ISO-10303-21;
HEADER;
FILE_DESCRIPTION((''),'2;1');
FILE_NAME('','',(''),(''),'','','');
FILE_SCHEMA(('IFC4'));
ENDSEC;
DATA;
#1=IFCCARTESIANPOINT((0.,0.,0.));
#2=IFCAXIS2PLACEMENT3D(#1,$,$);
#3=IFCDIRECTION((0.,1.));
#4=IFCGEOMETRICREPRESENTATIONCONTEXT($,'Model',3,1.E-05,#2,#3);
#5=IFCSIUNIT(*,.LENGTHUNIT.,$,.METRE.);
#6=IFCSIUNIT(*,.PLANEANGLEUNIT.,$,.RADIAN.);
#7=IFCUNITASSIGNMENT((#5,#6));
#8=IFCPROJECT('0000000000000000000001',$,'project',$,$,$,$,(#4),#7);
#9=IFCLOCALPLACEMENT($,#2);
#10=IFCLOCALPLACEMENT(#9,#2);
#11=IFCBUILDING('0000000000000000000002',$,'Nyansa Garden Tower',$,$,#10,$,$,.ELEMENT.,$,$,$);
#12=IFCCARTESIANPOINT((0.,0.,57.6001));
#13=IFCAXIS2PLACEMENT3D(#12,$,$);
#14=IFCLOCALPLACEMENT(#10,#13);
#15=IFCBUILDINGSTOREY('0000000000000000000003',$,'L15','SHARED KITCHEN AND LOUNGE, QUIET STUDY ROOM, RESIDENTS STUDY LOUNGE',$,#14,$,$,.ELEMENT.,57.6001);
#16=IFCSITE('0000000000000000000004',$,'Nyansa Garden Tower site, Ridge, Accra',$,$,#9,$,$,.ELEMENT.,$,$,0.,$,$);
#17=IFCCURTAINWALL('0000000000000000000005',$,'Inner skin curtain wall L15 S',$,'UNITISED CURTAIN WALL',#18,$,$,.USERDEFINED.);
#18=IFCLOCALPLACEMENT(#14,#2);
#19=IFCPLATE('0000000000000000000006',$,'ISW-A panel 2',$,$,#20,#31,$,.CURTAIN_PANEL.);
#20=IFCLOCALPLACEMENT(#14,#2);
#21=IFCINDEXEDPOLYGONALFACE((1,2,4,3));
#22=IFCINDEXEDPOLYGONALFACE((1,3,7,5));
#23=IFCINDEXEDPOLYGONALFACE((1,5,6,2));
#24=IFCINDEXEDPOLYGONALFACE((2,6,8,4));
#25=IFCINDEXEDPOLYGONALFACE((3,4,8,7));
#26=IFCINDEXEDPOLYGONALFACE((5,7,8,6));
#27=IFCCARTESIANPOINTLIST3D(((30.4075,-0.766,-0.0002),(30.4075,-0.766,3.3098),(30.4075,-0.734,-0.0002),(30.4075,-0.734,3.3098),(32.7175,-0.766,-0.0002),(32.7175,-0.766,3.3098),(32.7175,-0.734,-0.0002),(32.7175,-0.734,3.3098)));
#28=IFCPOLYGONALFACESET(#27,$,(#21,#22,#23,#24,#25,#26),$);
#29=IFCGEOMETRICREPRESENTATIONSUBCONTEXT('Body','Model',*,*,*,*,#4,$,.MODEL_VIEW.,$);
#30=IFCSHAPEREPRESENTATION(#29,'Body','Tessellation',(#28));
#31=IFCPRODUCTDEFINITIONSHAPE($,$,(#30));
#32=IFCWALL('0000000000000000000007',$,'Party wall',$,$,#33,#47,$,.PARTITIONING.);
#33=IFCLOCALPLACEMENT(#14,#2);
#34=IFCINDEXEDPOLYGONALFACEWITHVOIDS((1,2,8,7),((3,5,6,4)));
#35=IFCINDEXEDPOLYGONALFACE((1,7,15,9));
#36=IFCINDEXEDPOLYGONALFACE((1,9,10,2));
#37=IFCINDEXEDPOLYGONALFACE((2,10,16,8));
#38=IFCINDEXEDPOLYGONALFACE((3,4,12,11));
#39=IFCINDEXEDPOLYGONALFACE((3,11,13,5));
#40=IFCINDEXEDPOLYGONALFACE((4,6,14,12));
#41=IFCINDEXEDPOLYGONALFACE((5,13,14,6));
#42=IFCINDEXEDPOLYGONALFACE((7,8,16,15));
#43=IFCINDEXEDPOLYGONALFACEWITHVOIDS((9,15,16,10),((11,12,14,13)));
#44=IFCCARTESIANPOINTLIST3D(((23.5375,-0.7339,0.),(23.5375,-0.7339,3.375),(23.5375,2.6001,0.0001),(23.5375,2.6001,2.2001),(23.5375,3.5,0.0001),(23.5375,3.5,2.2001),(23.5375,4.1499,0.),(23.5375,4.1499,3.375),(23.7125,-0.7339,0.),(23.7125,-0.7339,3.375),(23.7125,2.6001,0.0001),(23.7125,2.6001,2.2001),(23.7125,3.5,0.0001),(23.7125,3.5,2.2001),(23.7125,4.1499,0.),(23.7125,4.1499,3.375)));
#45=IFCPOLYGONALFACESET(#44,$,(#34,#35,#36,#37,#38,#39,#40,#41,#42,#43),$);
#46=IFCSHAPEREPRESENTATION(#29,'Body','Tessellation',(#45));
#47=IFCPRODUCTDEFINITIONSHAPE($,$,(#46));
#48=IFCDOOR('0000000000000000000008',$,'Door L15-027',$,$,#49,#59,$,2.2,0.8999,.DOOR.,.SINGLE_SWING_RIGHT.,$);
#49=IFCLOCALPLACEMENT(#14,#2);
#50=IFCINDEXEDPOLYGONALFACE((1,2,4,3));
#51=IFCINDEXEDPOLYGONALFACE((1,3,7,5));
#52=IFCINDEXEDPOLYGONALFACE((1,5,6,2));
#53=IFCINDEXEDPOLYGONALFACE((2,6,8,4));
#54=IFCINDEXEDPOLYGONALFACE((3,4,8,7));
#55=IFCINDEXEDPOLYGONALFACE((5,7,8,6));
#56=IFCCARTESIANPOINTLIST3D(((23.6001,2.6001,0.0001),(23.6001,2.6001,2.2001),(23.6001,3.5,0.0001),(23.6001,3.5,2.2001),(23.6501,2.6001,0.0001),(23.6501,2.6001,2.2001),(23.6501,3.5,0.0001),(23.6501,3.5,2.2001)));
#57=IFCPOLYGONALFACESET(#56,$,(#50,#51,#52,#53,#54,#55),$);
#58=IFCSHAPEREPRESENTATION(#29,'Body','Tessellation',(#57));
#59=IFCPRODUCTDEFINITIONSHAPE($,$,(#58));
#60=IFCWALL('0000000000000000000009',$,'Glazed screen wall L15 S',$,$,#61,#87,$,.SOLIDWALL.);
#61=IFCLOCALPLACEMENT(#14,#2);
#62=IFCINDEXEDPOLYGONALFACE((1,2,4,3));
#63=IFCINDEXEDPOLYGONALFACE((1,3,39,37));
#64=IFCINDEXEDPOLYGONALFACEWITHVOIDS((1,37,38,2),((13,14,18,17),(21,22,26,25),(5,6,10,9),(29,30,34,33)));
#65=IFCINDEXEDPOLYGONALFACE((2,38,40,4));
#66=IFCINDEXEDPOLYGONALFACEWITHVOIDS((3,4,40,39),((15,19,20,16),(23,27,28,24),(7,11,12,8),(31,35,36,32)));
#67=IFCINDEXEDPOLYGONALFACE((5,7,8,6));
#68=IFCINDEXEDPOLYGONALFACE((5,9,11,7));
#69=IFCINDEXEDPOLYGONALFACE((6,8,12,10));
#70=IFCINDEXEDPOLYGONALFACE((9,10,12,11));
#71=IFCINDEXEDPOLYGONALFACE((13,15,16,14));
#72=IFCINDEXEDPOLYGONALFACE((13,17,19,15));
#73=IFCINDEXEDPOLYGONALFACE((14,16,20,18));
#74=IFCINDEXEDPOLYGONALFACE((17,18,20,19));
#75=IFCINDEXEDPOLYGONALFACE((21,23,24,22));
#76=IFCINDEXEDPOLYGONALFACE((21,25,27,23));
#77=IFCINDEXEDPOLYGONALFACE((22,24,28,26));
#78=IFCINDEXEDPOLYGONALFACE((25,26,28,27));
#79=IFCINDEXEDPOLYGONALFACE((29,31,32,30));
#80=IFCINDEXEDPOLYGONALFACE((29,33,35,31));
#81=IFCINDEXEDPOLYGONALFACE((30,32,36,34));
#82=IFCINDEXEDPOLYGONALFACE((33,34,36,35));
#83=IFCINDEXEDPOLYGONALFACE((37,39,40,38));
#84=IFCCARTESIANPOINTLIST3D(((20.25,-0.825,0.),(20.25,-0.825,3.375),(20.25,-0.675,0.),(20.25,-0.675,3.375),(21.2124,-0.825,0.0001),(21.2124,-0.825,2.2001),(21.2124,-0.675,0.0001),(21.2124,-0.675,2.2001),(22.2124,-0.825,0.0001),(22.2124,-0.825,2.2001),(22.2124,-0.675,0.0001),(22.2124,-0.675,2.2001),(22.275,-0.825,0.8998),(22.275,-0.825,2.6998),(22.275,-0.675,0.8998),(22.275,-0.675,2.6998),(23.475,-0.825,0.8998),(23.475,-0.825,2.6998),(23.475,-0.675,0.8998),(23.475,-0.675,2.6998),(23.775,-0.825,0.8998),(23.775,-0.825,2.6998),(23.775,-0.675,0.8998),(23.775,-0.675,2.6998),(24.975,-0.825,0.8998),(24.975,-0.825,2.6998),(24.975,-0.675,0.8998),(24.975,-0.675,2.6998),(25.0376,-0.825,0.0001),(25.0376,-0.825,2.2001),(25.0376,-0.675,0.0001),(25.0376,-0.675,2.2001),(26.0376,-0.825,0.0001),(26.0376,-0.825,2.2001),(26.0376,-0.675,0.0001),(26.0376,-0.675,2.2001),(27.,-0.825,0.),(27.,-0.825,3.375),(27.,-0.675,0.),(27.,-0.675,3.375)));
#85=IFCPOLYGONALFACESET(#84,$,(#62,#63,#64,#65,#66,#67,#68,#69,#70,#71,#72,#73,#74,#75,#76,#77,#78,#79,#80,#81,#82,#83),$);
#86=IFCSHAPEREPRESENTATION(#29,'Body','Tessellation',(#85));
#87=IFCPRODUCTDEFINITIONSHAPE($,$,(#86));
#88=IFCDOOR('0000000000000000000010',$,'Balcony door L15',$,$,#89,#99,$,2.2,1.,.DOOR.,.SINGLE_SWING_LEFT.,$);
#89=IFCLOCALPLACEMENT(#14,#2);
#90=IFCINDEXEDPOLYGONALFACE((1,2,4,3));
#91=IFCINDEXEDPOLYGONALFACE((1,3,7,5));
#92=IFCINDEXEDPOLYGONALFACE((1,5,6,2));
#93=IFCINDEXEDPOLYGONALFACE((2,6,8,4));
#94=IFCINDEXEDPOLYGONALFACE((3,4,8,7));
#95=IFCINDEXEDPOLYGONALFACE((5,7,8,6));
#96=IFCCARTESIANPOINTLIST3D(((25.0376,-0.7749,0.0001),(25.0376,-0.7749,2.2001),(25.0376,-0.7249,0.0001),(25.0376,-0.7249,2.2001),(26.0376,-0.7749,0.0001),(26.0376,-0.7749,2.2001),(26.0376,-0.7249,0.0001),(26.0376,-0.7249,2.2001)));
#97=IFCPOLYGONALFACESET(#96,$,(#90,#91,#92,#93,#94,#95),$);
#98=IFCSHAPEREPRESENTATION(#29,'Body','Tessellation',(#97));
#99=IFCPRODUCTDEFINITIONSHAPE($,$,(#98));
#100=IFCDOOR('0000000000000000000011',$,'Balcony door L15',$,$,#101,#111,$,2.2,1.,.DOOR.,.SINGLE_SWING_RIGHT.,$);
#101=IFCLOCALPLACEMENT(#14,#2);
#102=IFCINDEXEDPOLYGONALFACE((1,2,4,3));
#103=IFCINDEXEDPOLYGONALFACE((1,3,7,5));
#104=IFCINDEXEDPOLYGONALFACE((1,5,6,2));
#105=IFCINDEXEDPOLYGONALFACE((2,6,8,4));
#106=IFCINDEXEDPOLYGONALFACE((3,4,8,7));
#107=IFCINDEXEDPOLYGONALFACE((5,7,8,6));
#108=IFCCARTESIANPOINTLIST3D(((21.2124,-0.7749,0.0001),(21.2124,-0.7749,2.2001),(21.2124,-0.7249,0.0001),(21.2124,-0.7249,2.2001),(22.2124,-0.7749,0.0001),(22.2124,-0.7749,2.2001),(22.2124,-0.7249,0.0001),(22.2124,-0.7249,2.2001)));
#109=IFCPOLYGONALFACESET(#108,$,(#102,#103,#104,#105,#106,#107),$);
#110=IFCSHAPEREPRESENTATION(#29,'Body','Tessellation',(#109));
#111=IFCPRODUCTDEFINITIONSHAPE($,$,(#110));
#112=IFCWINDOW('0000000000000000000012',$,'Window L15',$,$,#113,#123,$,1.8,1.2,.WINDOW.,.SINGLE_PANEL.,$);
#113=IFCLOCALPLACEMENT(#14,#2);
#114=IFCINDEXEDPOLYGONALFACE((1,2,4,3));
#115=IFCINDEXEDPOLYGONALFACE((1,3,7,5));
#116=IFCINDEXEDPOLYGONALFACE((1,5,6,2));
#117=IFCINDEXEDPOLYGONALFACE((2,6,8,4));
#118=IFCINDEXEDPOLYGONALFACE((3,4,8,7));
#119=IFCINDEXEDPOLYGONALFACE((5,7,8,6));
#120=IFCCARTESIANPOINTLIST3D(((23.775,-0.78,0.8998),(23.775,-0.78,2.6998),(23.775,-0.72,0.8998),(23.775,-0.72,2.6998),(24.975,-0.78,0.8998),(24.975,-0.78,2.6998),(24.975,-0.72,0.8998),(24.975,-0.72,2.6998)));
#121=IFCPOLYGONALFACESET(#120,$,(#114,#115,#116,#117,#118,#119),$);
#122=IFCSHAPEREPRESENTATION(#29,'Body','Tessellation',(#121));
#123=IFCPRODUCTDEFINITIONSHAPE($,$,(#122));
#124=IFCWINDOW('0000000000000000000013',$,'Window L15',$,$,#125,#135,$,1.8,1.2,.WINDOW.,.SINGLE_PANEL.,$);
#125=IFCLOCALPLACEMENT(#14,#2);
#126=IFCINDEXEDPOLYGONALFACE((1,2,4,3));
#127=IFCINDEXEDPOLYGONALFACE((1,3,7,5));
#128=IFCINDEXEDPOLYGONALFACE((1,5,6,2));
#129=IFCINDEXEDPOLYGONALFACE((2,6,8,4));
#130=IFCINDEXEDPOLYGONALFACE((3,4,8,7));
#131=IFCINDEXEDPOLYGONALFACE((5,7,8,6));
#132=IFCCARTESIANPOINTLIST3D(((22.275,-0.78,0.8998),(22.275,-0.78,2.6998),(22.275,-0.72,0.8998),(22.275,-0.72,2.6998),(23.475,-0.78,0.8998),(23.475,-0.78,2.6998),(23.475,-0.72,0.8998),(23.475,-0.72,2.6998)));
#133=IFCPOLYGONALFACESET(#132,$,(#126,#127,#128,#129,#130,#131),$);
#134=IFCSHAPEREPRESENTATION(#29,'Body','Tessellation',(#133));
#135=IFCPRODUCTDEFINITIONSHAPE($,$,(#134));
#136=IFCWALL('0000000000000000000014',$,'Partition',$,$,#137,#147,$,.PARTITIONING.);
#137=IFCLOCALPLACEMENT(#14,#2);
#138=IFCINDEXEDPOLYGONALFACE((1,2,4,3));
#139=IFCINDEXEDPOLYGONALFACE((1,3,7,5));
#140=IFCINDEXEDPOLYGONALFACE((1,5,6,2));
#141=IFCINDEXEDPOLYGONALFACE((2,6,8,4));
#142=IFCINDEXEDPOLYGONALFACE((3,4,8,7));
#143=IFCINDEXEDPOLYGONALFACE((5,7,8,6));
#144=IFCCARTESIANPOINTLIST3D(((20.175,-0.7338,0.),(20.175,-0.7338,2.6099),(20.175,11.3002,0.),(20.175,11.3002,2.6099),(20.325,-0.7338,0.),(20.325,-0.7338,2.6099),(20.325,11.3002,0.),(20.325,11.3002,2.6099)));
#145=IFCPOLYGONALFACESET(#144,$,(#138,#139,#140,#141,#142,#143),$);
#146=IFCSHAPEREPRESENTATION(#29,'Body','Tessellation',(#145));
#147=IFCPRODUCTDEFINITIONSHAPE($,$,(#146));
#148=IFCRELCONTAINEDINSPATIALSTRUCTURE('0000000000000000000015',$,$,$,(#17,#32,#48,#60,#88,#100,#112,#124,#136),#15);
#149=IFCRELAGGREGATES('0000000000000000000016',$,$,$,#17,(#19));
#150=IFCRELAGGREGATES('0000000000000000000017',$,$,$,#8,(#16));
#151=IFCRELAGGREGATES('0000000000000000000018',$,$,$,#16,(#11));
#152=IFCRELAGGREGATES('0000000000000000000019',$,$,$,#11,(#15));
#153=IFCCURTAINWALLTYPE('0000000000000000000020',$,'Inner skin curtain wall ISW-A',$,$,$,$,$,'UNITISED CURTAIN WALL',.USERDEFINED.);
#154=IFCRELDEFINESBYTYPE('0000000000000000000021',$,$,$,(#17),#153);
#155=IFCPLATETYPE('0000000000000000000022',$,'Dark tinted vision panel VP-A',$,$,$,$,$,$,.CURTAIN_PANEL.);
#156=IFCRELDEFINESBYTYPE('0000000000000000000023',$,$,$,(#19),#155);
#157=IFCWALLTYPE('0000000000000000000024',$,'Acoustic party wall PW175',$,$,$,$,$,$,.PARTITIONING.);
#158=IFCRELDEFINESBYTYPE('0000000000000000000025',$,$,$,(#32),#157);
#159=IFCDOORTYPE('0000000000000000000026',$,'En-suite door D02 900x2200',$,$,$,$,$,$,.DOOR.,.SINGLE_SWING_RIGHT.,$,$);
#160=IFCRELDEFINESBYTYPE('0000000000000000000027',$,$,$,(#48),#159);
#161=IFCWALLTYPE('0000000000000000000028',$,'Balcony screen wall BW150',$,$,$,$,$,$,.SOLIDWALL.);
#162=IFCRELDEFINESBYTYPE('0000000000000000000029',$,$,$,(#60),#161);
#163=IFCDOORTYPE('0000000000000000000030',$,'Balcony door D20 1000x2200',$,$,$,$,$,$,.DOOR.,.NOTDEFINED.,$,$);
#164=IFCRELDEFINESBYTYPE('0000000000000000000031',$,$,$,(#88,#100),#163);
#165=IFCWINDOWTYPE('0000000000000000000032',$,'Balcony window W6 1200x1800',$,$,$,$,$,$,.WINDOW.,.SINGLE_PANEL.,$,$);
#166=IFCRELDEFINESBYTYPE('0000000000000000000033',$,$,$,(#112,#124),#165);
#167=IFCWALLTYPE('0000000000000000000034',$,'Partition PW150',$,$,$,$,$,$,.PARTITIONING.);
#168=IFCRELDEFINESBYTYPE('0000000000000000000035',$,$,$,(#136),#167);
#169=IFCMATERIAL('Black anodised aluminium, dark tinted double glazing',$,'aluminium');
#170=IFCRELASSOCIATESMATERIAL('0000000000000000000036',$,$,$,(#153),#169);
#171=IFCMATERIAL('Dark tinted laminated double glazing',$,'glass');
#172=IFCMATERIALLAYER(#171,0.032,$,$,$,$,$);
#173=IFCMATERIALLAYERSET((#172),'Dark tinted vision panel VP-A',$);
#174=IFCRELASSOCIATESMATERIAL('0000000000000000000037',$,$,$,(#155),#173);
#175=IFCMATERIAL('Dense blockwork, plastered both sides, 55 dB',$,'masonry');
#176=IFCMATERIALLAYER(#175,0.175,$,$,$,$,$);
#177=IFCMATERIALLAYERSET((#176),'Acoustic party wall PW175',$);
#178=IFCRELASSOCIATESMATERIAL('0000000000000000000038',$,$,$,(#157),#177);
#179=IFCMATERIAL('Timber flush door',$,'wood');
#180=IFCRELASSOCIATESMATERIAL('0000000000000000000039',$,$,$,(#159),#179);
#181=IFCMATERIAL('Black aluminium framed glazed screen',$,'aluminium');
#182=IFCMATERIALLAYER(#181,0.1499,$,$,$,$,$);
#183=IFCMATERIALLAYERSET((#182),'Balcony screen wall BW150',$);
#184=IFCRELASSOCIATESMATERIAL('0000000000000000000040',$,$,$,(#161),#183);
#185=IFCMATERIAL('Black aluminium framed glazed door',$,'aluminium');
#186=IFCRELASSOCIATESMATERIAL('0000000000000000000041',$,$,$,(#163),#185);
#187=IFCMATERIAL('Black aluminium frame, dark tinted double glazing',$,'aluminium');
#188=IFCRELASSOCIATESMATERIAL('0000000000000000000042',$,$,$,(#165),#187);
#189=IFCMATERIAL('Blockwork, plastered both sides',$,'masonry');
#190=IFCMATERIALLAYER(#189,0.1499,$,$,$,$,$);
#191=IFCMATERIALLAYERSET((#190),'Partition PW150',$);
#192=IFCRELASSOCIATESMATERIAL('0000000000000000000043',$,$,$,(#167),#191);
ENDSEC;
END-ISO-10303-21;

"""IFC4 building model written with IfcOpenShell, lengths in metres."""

from ifc_helpers import new_model, si_unit, direction, frame, frame_2d, origin, origin_2d, place, context, subcontext, project, spatial, rectangle, extrude, material, layer, layer_set, type_object, element, fill, aggregate, save


model = new_model("IFC4")

# Units and contexts
model_context = context("Model", 3, precision=1e-05, world=origin(), true_north=direction((0.0, 1.0)))
body_context = subcontext(model_context, "Body", "Model", "MODEL_VIEW")
ifc_project = project(units=[si_unit("LENGTHUNIT", "METRE"), si_unit("PLANEANGLEUNIT", "RADIAN")], contexts=[model_context])

# Site, building, storey
site_placement = place(None, origin())
site = spatial("IfcSite", under=ifc_project, at=site_placement, Name="Nyansa Garden Tower site, Ridge, Accra", CompositionType="ELEMENT", RefElevation=0.0)
building_placement = place(site_placement, origin())
building = spatial("IfcBuilding", under=site, at=building_placement, Name="Nyansa Garden Tower", CompositionType="ELEMENT")
storey_placement = place(building_placement, frame((0.0, 0.0, 57.6001)))
storey = spatial("IfcBuildingStorey", under=building, at=storey_placement, Name="L15", Description="SHARED KITCHEN AND LOUNGE, QUIET STUDY ROOM, RESIDENTS STUDY LOUNGE", CompositionType="ELEMENT", Elevation=57.6001)

# Curtain wall
ifc_material_1 = material(Name="Black anodised aluminium, dark tinted double glazing", Category="aluminium")
curtain_wall_type = type_object("IfcCurtainWallType", Name="Inner skin curtain wall ISW-A", ElementType="UNITISED CURTAIN WALL", PredefinedType="USERDEFINED", material=ifc_material_1)
curtain_wall_placement = place(storey_placement, origin())
curtain_wall = element("IfcCurtainWall", 1, at=curtain_wall_placement, inside=storey, type_object=curtain_wall_type, Name="Inner skin curtain wall L15 S", ObjectType="UNITISED CURTAIN WALL", PredefinedType="USERDEFINED")

# Plate
ifc_material_2 = material(Name="Dark tinted laminated double glazing", Category="glass")
ifc_layer_1 = layer(ifc_material_2, 0.032)
ifc_layer_set_1 = layer_set([ifc_layer_1], Name="Dark tinted vision panel VP-A")
plate_type = type_object("IfcPlateType", Name="Dark tinted vision panel VP-A", PredefinedType="CURTAIN_PANEL", material=ifc_layer_set_1)
plate_1_placement = place(storey_placement, frame((31.5625, -0.75, -0.0002), z_axis=(0.0, 0.0, 1.0), x_axis=(1.0, 0.0, 0.0)))
plate_1 = element("IfcPlate", 2, at=plate_1_placement, type_object=plate_type, Name="ISW-A panel 2", PredefinedType="CURTAIN_PANEL", context=body_context, shape_type="SweptSolid", body=[
    extrude(rectangle(XDim=2.3101, YDim=0.032, at=origin_2d()), origin(), (0.0, 0.0, 1.0), 3.3101),
])
aggregate(curtain_wall, [plate_1])

# Wall, opening, door
ifc_material_3 = material(Name="Dense blockwork, plastered both sides, 55 dB", Category="masonry")
ifc_layer_2 = layer(ifc_material_3, 0.175)
ifc_layer_set_2 = layer_set([ifc_layer_2], Name="Acoustic party wall PW175")
wall_type_1 = type_object("IfcWallType", Name="Acoustic party wall PW175", PredefinedType="PARTITIONING", material=ifc_layer_set_2)
wall_1_placement = place(storey_placement, frame((23.625, -0.7339, 0.0), z_axis=(0.0, 0.0, 1.0), x_axis=(0.0, 1.0, 0.0)))
wall_1 = element("IfcWall", 3, at=wall_1_placement, inside=storey, type_object=wall_type_1, Name="Party wall", PredefinedType="PARTITIONING", context=body_context, shape_type="SweptSolid", body=[
    extrude(rectangle(XDim=4.8838, YDim=0.175, at=frame_2d((2.4419, 0.0))), origin(), (0.0, 0.0, 1.0), 3.375),
])
opening_1_placement = place(wall_1_placement, frame((3.334, 0.0, 0.0)))
opening_1 = element("IfcOpeningElement", 4, at=opening_1_placement, cuts=wall_1, PredefinedType="OPENING", context=body_context, shape_type="SweptSolid", body=[
    extrude(rectangle(XDim=0.8999, YDim=2.2, at=frame_2d((0.45, 1.1001))), frame((0.0, 0.0974, 0.0), z_axis=(0.0, -1.0, 0.0), x_axis=(1.0, 0.0, 0.0)), (0.0, 0.0, 1.0), 0.1951),
])
ifc_material_4 = material(Name="Timber flush door", Category="wood")
door_type_1 = type_object("IfcDoorType", Name="En-suite door D02 900x2200", OperationType="SINGLE_SWING_RIGHT", PredefinedType="DOOR", material=ifc_material_4)
door_1_placement = place(opening_1_placement, origin())
door_1 = element("IfcDoor", 5, at=door_1_placement, inside=storey, type_object=door_type_1, Name="Door L15-027", OperationType="SINGLE_SWING_RIGHT", OverallHeight=2.2, OverallWidth=0.8999, PredefinedType="DOOR", context=body_context, shape_type="SweptSolid", body=[
    extrude(rectangle(XDim=0.8999, YDim=2.2, at=frame_2d((0.45, 1.1001))), frame((0.0, 0.0249, 0.0), z_axis=(0.0, -1.0, 0.0), x_axis=(1.0, 0.0, 0.0)), (0.0, 0.0, 1.0), 0.05),
])
fill(opening_1, door_1)

# Wall, openings, doors, windows
ifc_material_5 = material(Name="Black aluminium framed glazed screen", Category="aluminium")
ifc_layer_3 = layer(ifc_material_5, 0.1499)
ifc_layer_set_3 = layer_set([ifc_layer_3], Name="Balcony screen wall BW150")
wall_type_2 = type_object("IfcWallType", Name="Balcony screen wall BW150", PredefinedType="SOLIDWALL", material=ifc_layer_set_3)
wall_2_placement = place(storey_placement, frame((27.0, -0.75, 0.0), z_axis=(0.0, 0.0, 1.0), x_axis=(-1.0, 0.0, 0.0)))
wall_2 = element("IfcWall", 6, at=wall_2_placement, inside=storey, type_object=wall_type_2, Name="Glazed screen wall L15 S", PredefinedType="SOLIDWALL", context=body_context, shape_type="SweptSolid", body=[
    extrude(rectangle(XDim=6.75, YDim=0.1499, at=frame_2d((3.375, 0.0))), origin(), (0.0, 0.0, 1.0), 3.375),
])
opening_2_placement = place(wall_2_placement, frame((0.9624, 0.0, 0.0)))
opening_2 = element("IfcOpeningElement", 7, at=opening_2_placement, cuts=wall_2, PredefinedType="OPENING", context=body_context, shape_type="SweptSolid", body=[
    extrude(rectangle(XDim=1.0, YDim=2.2, at=frame_2d((0.5, 1.1001))), frame((0.0, 0.085, 0.0), z_axis=(0.0, -1.0, 0.0), x_axis=(1.0, 0.0, 0.0)), (0.0, 0.0, 1.0), 0.1699),
])
opening_3_placement = place(wall_2_placement, frame((2.0249, 0.0, 0.8999)))
opening_3 = element("IfcOpeningElement", 8, at=opening_3_placement, cuts=wall_2, PredefinedType="OPENING", context=body_context, shape_type="SweptSolid", body=[
    extrude(rectangle(XDim=1.2, YDim=1.8, at=frame_2d((0.6001, 0.8999))), frame((0.0, 0.085, 0.0), z_axis=(0.0, -1.0, 0.0), x_axis=(1.0, 0.0, 0.0)), (0.0, 0.0, 1.0), 0.1699),
])
opening_4_placement = place(wall_2_placement, frame((4.7876, 0.0, 0.0)))
opening_4 = element("IfcOpeningElement", 9, at=opening_4_placement, cuts=wall_2, PredefinedType="OPENING", context=body_context, shape_type="SweptSolid", body=[
    extrude(rectangle(XDim=1.0, YDim=2.2, at=frame_2d((0.5, 1.1001))), frame((0.0, 0.085, 0.0), z_axis=(0.0, -1.0, 0.0), x_axis=(1.0, 0.0, 0.0)), (0.0, 0.0, 1.0), 0.1699),
])
opening_5_placement = place(wall_2_placement, frame((3.5249, 0.0, 0.8999)))
opening_5 = element("IfcOpeningElement", 10, at=opening_5_placement, cuts=wall_2, PredefinedType="OPENING", context=body_context, shape_type="SweptSolid", body=[
    extrude(rectangle(XDim=1.2, YDim=1.8, at=frame_2d((0.6001, 0.8999))), frame((0.0, 0.085, 0.0), z_axis=(0.0, -1.0, 0.0), x_axis=(1.0, 0.0, 0.0)), (0.0, 0.0, 1.0), 0.1699),
])
ifc_material_6 = material(Name="Black aluminium framed glazed door", Category="aluminium")
door_type_2 = type_object("IfcDoorType", Name="Balcony door D20 1000x2200", OperationType="NOTDEFINED", PredefinedType="DOOR", material=ifc_material_6)
door_2_placement = place(opening_2_placement, origin())
door_2 = element("IfcDoor", 11, at=door_2_placement, inside=storey, type_object=door_type_2, Name="Balcony door L15", OperationType="SINGLE_SWING_LEFT", OverallHeight=2.2, OverallWidth=1.0, PredefinedType="DOOR", context=body_context, shape_type="SweptSolid", body=[
    extrude(rectangle(XDim=1.0, YDim=2.2, at=frame_2d((0.5, 1.1001))), frame((0.0, 0.0249, 0.0), z_axis=(0.0, -1.0, 0.0), x_axis=(1.0, 0.0, 0.0)), (0.0, 0.0, 1.0), 0.05),
])
fill(opening_2, door_2)
door_3_placement = place(opening_4_placement, origin())
door_3 = element("IfcDoor", 12, at=door_3_placement, inside=storey, type_object=door_type_2, Name="Balcony door L15", OperationType="SINGLE_SWING_RIGHT", OverallHeight=2.2, OverallWidth=1.0, PredefinedType="DOOR", context=body_context, shape_type="SweptSolid", body=[
    extrude(rectangle(XDim=1.0, YDim=2.2, at=frame_2d((0.5, 1.1001))), frame((0.0, 0.0249, 0.0), z_axis=(0.0, -1.0, 0.0), x_axis=(1.0, 0.0, 0.0)), (0.0, 0.0, 1.0), 0.05),
])
fill(opening_4, door_3)
ifc_material_7 = material(Name="Black aluminium frame, dark tinted double glazing", Category="aluminium")
window_type = type_object("IfcWindowType", Name="Balcony window W6 1200x1800", PartitioningType="SINGLE_PANEL", PredefinedType="WINDOW", material=ifc_material_7)
window_1_placement = place(opening_3_placement, origin())
window_1 = element("IfcWindow", 13, at=window_1_placement, inside=storey, type_object=window_type, Name="Window L15", OverallHeight=1.8, OverallWidth=1.2, PartitioningType="SINGLE_PANEL", PredefinedType="WINDOW", context=body_context, shape_type="SweptSolid", body=[
    extrude(rectangle(XDim=1.2, YDim=1.8, at=frame_2d((0.6001, 0.8999))), frame((0.0, 0.03, 0.0), z_axis=(0.0, -1.0, 0.0), x_axis=(1.0, 0.0, 0.0)), (0.0, 0.0, 1.0), 0.0601),
])
fill(opening_3, window_1)
window_2_placement = place(opening_5_placement, origin())
window_2 = element("IfcWindow", 14, at=window_2_placement, inside=storey, type_object=window_type, Name="Window L15", OverallHeight=1.8, OverallWidth=1.2, PartitioningType="SINGLE_PANEL", PredefinedType="WINDOW", context=body_context, shape_type="SweptSolid", body=[
    extrude(rectangle(XDim=1.2, YDim=1.8, at=frame_2d((0.6001, 0.8999))), frame((0.0, 0.03, 0.0), z_axis=(0.0, -1.0, 0.0), x_axis=(1.0, 0.0, 0.0)), (0.0, 0.0, 1.0), 0.0601),
])
fill(opening_5, window_2)

# Wall
ifc_material_8 = material(Name="Blockwork, plastered both sides", Category="masonry")
ifc_layer_4 = layer(ifc_material_8, 0.1499)
ifc_layer_set_4 = layer_set([ifc_layer_4], Name="Partition PW150")
wall_type_3 = type_object("IfcWallType", Name="Partition PW150", PredefinedType="PARTITIONING", material=ifc_layer_set_4)
wall_3_placement = place(storey_placement, frame((20.25, -0.7339, 0.0), z_axis=(0.0, 0.0, 1.0), x_axis=(0.0, 1.0, 0.0)))
element("IfcWall", 15, at=wall_3_placement, inside=storey, type_object=wall_type_3, Name="Partition", PredefinedType="PARTITIONING", context=body_context, shape_type="SweptSolid", body=[
    extrude(rectangle(XDim=12.0339, YDim=0.1499, at=frame_2d((6.0171, 0.0))), origin(), (0.0, 0.0, 1.0), 2.6099),
])

save(model, "model.ifc")
